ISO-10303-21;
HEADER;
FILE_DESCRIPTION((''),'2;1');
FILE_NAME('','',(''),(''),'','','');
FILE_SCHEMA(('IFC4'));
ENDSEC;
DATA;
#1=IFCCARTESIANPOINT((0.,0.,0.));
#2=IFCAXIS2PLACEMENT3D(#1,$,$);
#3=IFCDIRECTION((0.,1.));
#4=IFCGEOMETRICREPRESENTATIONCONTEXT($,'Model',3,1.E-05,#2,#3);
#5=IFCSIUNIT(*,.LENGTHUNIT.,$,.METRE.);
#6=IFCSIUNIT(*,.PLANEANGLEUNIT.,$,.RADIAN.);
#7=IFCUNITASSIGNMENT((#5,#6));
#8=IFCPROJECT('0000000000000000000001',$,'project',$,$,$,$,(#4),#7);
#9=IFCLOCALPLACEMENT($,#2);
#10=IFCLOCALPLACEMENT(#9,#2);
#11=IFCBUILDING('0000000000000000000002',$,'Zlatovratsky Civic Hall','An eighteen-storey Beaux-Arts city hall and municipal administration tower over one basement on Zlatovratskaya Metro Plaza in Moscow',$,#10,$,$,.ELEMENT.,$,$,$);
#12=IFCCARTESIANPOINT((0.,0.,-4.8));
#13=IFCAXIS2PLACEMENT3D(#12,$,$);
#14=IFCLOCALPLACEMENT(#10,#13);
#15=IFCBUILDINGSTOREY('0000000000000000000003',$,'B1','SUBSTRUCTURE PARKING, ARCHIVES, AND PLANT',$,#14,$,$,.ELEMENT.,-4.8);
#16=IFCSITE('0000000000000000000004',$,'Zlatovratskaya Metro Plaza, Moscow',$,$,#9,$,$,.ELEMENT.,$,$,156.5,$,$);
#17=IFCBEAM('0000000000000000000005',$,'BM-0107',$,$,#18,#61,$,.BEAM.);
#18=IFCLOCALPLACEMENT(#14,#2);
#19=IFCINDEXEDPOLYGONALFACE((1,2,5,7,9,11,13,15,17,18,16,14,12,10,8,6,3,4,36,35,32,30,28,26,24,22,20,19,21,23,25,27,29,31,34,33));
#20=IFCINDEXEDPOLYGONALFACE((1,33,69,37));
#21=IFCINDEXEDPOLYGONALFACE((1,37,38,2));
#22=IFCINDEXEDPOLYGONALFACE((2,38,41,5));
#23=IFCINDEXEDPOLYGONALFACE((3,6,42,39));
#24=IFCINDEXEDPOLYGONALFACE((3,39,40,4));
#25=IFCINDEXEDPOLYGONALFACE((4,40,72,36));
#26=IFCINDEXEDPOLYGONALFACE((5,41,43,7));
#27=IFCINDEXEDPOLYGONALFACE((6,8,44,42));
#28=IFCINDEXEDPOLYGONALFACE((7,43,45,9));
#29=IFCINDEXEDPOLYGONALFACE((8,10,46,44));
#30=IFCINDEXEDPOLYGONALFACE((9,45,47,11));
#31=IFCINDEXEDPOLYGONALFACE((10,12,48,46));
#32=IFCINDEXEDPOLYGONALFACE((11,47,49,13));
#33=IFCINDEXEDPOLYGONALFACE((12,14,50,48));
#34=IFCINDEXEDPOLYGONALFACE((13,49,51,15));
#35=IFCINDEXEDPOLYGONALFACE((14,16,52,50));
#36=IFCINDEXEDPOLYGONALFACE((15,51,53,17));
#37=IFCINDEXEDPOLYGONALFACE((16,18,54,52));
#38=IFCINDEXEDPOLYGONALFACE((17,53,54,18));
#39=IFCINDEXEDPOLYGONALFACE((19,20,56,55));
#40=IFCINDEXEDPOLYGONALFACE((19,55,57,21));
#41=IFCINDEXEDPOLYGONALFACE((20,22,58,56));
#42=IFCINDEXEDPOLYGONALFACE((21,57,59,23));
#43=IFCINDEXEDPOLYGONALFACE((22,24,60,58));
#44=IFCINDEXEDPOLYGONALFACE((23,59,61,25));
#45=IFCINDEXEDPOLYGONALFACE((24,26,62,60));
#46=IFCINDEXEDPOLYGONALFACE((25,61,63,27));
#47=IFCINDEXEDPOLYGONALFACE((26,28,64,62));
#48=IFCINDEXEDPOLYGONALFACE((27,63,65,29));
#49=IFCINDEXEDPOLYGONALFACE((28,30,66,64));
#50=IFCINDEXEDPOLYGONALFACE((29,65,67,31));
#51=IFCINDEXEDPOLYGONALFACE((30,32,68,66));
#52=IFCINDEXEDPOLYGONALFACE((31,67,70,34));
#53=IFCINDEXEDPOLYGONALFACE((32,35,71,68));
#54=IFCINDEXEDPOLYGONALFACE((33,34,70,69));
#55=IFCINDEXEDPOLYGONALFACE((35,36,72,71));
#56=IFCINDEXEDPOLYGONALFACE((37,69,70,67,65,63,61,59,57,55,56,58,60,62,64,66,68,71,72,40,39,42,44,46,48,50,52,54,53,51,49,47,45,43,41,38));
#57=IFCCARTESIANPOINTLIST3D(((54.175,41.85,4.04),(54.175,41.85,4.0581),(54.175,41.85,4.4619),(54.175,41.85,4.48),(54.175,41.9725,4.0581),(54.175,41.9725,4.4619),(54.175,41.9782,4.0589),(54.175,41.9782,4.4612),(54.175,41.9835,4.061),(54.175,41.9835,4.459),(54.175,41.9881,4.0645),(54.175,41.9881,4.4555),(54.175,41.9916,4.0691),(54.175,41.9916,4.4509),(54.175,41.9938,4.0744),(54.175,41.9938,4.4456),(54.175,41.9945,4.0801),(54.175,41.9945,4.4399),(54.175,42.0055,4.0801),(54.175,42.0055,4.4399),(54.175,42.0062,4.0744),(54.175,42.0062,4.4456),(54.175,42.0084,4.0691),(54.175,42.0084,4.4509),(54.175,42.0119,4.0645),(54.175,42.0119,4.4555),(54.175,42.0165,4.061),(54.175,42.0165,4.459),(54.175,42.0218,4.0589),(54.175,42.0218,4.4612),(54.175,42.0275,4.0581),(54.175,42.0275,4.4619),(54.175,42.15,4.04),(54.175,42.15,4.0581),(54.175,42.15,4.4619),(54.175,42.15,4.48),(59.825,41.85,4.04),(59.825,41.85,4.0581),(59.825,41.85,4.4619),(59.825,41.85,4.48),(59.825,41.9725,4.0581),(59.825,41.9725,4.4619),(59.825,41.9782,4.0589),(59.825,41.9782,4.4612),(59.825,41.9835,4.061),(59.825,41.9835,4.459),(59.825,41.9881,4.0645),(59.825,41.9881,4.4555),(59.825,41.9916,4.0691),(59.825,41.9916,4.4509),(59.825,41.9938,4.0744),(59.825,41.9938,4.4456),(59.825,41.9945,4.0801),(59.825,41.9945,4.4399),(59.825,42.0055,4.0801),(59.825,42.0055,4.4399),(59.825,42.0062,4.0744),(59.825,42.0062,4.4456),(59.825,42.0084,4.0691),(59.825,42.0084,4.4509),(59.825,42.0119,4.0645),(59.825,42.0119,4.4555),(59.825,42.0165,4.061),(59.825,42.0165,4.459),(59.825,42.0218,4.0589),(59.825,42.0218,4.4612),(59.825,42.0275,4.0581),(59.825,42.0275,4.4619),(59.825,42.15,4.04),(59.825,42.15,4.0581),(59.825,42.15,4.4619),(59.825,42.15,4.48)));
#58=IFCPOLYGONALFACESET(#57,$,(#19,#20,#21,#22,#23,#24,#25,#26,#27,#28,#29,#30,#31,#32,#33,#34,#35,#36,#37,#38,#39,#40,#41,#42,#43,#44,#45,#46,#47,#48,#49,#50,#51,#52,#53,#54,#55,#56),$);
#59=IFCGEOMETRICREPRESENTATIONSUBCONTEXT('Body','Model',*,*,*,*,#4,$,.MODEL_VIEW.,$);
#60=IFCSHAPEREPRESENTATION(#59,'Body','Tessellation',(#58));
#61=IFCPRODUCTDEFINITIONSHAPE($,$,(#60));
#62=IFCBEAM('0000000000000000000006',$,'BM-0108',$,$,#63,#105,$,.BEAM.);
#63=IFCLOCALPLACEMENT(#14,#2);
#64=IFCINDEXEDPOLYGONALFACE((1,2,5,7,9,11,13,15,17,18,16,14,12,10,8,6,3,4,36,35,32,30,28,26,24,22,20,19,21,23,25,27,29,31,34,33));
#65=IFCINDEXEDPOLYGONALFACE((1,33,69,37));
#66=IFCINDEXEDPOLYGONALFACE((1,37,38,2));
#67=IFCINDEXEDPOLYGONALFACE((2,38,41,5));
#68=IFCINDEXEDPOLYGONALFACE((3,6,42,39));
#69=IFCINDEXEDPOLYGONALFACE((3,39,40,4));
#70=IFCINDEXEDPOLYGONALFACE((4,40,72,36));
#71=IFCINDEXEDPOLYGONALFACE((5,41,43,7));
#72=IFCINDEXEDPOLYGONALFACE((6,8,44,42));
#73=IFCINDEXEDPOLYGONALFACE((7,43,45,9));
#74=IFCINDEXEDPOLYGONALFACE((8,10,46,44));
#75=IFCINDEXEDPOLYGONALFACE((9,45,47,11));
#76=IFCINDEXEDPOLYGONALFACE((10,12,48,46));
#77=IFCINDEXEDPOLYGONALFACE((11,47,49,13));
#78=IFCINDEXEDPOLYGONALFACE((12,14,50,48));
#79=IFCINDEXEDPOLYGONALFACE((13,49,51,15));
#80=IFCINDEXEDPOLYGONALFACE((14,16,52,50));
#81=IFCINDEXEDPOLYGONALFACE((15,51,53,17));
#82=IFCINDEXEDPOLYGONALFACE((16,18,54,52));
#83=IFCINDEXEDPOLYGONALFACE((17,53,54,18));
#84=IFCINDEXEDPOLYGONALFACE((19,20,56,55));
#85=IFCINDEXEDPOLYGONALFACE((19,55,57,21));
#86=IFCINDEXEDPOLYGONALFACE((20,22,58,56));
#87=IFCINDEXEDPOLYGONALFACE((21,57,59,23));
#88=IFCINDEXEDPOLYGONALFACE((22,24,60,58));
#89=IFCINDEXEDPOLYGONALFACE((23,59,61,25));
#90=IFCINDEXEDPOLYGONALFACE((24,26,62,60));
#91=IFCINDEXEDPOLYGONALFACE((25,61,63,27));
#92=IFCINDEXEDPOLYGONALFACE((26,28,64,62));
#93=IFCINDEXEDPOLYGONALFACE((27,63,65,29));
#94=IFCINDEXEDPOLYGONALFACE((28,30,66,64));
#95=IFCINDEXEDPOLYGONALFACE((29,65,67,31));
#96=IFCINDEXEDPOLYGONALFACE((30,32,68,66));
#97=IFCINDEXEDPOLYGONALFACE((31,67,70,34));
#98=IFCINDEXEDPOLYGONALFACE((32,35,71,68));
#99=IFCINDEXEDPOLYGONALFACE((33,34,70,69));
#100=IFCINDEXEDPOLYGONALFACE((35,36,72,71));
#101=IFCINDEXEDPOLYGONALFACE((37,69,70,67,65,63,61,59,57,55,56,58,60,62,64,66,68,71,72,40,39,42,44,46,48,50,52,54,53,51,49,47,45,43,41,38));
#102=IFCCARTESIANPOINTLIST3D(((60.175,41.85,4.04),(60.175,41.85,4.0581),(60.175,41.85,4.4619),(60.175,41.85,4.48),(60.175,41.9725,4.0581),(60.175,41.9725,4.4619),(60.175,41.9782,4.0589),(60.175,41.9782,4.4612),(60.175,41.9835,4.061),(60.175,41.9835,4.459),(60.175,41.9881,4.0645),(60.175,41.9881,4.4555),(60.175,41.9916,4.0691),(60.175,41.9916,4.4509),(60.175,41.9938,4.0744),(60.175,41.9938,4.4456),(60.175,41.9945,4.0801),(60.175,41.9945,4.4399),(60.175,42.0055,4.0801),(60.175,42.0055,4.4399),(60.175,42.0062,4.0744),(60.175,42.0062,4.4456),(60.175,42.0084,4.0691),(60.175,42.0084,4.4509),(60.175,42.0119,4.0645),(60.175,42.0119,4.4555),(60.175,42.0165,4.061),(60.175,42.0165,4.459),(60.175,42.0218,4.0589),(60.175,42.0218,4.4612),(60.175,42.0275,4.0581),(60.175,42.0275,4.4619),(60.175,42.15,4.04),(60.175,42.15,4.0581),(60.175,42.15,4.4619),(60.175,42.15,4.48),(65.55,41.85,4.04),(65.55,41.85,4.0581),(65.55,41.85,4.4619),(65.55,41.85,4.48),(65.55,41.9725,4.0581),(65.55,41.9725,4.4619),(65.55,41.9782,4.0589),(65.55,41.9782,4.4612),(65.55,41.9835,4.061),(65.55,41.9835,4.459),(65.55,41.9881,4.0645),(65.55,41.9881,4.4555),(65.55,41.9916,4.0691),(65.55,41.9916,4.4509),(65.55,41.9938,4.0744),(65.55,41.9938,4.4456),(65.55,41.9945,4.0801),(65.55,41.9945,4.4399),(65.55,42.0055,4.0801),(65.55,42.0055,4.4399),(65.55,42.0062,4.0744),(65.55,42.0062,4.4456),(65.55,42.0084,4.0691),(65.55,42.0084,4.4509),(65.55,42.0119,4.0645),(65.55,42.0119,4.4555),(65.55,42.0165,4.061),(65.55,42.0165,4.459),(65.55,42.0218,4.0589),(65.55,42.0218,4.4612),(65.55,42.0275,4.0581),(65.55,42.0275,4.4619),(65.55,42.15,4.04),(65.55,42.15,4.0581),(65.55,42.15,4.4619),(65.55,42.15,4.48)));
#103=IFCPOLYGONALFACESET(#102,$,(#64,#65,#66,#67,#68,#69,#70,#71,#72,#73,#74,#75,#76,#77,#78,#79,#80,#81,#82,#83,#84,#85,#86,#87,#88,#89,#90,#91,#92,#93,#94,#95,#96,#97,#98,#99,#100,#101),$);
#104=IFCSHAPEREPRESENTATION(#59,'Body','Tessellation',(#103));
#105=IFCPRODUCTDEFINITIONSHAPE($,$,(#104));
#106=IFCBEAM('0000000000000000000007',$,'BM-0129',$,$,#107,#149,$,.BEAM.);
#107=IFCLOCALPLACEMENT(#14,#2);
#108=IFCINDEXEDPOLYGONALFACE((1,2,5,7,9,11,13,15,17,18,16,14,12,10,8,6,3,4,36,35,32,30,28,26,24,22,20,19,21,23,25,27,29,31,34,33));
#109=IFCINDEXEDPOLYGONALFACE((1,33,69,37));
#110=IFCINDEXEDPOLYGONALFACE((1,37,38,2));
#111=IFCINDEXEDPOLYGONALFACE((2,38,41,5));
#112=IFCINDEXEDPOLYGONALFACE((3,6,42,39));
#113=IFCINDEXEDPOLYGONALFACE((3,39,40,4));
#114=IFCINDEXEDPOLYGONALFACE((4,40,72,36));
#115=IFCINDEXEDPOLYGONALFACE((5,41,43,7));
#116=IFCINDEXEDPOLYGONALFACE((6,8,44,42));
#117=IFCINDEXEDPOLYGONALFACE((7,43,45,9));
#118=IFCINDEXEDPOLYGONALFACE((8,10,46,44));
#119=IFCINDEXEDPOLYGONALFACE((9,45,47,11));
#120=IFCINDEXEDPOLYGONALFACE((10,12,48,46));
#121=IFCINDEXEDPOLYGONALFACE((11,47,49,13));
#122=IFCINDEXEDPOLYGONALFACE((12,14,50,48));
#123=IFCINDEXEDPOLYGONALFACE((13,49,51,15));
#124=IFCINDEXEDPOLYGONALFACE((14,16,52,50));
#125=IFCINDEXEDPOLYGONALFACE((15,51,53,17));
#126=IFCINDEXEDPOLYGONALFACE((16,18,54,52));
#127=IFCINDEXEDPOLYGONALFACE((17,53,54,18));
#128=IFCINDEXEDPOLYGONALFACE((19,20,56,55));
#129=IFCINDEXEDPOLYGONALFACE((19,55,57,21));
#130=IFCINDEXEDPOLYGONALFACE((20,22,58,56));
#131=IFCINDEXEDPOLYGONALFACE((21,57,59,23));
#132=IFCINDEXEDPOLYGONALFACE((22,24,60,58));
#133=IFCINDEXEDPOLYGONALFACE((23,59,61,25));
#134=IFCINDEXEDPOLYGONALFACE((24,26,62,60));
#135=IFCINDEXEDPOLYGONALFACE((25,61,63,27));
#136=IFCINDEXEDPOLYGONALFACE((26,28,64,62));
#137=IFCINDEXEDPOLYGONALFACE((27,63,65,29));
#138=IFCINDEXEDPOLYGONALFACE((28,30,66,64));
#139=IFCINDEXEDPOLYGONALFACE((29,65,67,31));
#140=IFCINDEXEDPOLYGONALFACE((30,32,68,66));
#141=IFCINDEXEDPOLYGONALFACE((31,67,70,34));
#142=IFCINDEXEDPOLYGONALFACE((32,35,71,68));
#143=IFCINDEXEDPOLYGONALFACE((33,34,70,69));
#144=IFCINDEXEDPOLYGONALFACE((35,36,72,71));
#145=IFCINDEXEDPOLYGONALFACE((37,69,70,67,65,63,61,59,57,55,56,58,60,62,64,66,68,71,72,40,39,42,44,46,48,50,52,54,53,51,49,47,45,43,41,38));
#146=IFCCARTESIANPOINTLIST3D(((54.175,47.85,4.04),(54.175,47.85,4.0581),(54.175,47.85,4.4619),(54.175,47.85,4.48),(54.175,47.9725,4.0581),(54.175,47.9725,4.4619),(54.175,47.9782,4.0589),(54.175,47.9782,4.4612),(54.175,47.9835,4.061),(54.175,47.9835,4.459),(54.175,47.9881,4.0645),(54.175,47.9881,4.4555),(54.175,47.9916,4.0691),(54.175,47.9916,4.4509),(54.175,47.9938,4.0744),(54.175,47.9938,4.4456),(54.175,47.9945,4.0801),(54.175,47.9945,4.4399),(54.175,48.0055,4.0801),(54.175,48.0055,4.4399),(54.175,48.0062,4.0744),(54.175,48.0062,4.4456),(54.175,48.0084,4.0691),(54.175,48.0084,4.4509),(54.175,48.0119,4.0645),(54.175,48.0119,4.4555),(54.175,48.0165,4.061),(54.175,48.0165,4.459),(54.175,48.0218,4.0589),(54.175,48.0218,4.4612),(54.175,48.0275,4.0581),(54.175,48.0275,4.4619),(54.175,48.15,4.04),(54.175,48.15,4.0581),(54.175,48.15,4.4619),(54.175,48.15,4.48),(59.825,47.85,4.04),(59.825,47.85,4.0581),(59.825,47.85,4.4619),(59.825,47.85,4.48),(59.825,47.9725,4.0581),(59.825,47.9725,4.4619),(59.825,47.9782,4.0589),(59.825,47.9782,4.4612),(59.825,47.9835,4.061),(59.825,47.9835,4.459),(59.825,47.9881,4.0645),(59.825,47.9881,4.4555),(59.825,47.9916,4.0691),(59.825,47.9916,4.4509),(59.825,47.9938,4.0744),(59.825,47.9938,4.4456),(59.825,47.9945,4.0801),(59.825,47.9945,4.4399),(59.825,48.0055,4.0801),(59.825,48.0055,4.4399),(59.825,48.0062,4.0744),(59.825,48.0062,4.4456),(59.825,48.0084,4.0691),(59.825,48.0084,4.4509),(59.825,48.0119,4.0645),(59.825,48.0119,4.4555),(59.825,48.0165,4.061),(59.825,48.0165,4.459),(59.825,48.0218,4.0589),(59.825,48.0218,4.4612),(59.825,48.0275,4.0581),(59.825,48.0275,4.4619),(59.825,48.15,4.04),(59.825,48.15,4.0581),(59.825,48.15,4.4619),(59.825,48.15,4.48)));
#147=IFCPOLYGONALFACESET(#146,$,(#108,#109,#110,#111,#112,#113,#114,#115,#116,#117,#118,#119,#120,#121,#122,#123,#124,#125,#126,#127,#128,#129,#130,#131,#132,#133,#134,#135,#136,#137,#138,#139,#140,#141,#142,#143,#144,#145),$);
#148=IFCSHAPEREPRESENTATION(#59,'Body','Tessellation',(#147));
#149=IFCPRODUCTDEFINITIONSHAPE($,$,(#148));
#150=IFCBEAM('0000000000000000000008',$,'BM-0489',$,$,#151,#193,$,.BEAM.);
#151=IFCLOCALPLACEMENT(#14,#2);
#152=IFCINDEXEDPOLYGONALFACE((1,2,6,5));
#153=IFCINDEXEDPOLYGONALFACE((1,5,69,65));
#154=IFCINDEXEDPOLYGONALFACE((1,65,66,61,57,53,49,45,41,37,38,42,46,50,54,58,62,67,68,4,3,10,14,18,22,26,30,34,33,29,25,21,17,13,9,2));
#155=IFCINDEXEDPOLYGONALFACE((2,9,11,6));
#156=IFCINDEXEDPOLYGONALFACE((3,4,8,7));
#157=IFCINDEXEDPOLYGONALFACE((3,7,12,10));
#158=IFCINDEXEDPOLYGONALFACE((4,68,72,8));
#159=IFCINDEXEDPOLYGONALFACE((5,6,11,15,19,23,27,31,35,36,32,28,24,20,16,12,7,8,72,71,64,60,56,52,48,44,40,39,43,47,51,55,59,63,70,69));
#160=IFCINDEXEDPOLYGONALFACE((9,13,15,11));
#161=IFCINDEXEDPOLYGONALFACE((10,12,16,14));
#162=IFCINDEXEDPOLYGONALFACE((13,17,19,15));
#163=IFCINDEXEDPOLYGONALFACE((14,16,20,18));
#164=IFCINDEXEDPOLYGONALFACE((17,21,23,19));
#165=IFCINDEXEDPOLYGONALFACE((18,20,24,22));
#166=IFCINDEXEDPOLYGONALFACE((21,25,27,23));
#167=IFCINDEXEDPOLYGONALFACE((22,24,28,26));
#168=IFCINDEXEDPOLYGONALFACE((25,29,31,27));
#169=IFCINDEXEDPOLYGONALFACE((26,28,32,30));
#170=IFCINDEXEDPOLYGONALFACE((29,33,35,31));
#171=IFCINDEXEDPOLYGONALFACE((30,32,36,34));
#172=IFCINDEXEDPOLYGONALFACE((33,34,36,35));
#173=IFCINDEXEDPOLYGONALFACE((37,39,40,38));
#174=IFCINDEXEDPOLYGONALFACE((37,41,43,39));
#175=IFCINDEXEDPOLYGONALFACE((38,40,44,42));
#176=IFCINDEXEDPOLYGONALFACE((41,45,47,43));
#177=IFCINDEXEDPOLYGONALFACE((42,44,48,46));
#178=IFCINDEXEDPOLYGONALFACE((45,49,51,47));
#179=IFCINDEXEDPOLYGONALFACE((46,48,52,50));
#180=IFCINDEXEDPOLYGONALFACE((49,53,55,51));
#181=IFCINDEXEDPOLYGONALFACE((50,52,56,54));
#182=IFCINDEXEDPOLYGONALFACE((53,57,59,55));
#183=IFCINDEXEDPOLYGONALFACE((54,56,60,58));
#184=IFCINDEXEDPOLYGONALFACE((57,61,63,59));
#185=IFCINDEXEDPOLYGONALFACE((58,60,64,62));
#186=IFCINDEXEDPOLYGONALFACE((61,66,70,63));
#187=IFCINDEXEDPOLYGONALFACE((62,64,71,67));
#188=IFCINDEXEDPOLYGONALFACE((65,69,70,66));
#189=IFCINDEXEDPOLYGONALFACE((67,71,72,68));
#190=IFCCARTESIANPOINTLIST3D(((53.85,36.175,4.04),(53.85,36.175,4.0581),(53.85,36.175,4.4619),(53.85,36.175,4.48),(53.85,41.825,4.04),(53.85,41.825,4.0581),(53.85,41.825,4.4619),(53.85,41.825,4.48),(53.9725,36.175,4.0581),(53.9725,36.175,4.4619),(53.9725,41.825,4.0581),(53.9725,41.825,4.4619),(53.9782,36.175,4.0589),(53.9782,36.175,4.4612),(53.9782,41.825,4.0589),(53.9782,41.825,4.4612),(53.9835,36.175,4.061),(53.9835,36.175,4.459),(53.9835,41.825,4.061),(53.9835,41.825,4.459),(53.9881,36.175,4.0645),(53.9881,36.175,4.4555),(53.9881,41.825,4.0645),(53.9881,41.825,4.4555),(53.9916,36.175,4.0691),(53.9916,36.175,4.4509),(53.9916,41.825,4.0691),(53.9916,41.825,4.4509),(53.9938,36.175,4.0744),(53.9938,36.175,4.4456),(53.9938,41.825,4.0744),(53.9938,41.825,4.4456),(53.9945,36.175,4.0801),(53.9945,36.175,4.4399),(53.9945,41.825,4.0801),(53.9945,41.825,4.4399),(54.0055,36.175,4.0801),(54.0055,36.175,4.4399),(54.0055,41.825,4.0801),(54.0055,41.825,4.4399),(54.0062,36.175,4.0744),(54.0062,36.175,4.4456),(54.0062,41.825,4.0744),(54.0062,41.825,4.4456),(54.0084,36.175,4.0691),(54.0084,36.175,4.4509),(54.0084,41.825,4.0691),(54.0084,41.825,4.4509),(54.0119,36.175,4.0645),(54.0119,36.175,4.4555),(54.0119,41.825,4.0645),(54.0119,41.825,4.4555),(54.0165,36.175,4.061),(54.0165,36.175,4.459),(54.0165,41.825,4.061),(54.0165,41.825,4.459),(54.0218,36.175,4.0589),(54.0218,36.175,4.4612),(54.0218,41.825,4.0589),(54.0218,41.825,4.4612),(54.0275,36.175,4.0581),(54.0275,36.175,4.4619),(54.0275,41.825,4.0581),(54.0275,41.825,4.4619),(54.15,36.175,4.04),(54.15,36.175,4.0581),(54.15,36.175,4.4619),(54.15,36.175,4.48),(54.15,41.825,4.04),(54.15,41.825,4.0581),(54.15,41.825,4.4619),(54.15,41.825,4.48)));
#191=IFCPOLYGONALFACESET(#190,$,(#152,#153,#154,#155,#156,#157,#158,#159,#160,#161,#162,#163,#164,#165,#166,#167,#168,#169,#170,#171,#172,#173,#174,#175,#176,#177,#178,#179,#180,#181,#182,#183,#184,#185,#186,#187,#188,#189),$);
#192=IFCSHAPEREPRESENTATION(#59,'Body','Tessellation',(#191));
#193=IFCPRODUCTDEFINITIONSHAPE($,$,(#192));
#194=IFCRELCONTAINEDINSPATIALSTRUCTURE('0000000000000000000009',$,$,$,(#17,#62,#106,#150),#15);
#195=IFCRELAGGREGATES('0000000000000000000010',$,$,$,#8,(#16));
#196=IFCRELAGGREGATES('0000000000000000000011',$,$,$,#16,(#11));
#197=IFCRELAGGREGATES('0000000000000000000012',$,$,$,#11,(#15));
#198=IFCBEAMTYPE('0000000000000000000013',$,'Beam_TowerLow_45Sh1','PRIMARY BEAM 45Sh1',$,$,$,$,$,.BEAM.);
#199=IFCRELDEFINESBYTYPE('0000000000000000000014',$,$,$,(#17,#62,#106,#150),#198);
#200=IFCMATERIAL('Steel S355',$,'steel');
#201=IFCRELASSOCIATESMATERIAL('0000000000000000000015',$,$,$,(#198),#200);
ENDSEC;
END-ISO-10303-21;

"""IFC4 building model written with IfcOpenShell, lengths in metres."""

from ifc_helpers import new_model, si_unit, direction, frame, origin, origin_2d, place, context, subcontext, project, spatial, i_section, extrude, material, material_profile, profile_set, type_object, element, save


model = new_model("IFC4")

# Units and contexts
model_context = context("Model", 3, precision=1e-05, world=origin(), true_north=direction((0.0, 1.0)))
body_context = subcontext(model_context, "Body", "Model", "MODEL_VIEW")
ifc_project = project(units=[si_unit("LENGTHUNIT", "METRE"), si_unit("PLANEANGLEUNIT", "RADIAN")], contexts=[model_context])

# Site, building, storey
site_placement = place(None, origin())
site = spatial("IfcSite", under=ifc_project, at=site_placement, Name="Zlatovratskaya Metro Plaza, Moscow", CompositionType="ELEMENT", RefElevation=156.5)
building_placement = place(site_placement, origin())
building = spatial("IfcBuilding", under=site, at=building_placement, Name="Zlatovratsky Civic Hall", Description="An eighteen-storey Beaux-Arts city hall and municipal administration tower over one basement on Zlatovratskaya Metro Plaza in Moscow", CompositionType="ELEMENT")
storey_placement = place(building_placement, frame((0.0, 0.0, -4.8)))
storey = spatial("IfcBuildingStorey", under=building, at=storey_placement, Name="B1", Description="SUBSTRUCTURE PARKING, ARCHIVES, AND PLANT", CompositionType="ELEMENT", Elevation=-4.8)

# Shared definitions
ifc_material_1 = material(Name="Steel S355", Category="steel")

# Beams
ifc_material_profile_1 = material_profile(ifc_material_1, i_section(OverallWidth=0.3, OverallDepth=0.4399, WebThickness=0.011, FlangeThickness=0.0181, FilletRadius=0.022, at=origin_2d()), Name="45Sh1")
ifc_profile_set_1 = profile_set([ifc_material_profile_1], Name="Steel S355")
beam_type = type_object("IfcBeamType", Name="Beam_TowerLow_45Sh1", Description="PRIMARY BEAM 45Sh1", PredefinedType="BEAM", material=ifc_profile_set_1)
for number, where, z_axis, x_axis, name in (
    (1, (54.175, 42.0, 4.26), (1.0, 0.0, 0.0), (0.0, 1.0, 0.0), "BM-0107"),
):
    element("IfcBeam", number, at=place(storey_placement, frame(where, z_axis=z_axis, x_axis=x_axis)), inside=storey, type_object=beam_type, Name=name, PredefinedType="BEAM", context=body_context, shape_type="SweptSolid", body=[
        extrude(i_section(OverallWidth=0.3, OverallDepth=0.4399, WebThickness=0.011, FlangeThickness=0.0181, FilletRadius=0.022, at=origin_2d()), origin(), (0.0, 0.0, 1.0), 5.6499),
    ])
beam_placement = place(storey_placement, frame((60.175, 42.0, 4.26), z_axis=(1.0, 0.0, 0.0), x_axis=(0.0, 1.0, 0.0)))
element("IfcBeam", 2, at=beam_placement, inside=storey, type_object=beam_type, Name="BM-0108", PredefinedType="BEAM", context=body_context, shape_type="SweptSolid", body=[
    extrude(i_section(OverallWidth=0.3, OverallDepth=0.4399, WebThickness=0.011, FlangeThickness=0.0181, FilletRadius=0.022, at=origin_2d()), origin(), (0.0, 0.0, 1.0), 5.375),
])
for number, where, z_axis, x_axis, name in (
    (3, (54.175, 48.0, 4.26), (1.0, 0.0, 0.0), (0.0, 1.0, 0.0), "BM-0129"),
    (4, (54.0, 36.175, 4.26), (0.0, 1.0, 0.0), (-1.0, 0.0, 0.0), "BM-0489"),
):
    element("IfcBeam", number, at=place(storey_placement, frame(where, z_axis=z_axis, x_axis=x_axis)), inside=storey, type_object=beam_type, Name=name, PredefinedType="BEAM", context=body_context, shape_type="SweptSolid", body=[
        extrude(i_section(OverallWidth=0.3, OverallDepth=0.4399, WebThickness=0.011, FlangeThickness=0.0181, FilletRadius=0.022, at=origin_2d()), origin(), (0.0, 0.0, 1.0), 5.6499),
    ])

save(model, "model.ifc")
